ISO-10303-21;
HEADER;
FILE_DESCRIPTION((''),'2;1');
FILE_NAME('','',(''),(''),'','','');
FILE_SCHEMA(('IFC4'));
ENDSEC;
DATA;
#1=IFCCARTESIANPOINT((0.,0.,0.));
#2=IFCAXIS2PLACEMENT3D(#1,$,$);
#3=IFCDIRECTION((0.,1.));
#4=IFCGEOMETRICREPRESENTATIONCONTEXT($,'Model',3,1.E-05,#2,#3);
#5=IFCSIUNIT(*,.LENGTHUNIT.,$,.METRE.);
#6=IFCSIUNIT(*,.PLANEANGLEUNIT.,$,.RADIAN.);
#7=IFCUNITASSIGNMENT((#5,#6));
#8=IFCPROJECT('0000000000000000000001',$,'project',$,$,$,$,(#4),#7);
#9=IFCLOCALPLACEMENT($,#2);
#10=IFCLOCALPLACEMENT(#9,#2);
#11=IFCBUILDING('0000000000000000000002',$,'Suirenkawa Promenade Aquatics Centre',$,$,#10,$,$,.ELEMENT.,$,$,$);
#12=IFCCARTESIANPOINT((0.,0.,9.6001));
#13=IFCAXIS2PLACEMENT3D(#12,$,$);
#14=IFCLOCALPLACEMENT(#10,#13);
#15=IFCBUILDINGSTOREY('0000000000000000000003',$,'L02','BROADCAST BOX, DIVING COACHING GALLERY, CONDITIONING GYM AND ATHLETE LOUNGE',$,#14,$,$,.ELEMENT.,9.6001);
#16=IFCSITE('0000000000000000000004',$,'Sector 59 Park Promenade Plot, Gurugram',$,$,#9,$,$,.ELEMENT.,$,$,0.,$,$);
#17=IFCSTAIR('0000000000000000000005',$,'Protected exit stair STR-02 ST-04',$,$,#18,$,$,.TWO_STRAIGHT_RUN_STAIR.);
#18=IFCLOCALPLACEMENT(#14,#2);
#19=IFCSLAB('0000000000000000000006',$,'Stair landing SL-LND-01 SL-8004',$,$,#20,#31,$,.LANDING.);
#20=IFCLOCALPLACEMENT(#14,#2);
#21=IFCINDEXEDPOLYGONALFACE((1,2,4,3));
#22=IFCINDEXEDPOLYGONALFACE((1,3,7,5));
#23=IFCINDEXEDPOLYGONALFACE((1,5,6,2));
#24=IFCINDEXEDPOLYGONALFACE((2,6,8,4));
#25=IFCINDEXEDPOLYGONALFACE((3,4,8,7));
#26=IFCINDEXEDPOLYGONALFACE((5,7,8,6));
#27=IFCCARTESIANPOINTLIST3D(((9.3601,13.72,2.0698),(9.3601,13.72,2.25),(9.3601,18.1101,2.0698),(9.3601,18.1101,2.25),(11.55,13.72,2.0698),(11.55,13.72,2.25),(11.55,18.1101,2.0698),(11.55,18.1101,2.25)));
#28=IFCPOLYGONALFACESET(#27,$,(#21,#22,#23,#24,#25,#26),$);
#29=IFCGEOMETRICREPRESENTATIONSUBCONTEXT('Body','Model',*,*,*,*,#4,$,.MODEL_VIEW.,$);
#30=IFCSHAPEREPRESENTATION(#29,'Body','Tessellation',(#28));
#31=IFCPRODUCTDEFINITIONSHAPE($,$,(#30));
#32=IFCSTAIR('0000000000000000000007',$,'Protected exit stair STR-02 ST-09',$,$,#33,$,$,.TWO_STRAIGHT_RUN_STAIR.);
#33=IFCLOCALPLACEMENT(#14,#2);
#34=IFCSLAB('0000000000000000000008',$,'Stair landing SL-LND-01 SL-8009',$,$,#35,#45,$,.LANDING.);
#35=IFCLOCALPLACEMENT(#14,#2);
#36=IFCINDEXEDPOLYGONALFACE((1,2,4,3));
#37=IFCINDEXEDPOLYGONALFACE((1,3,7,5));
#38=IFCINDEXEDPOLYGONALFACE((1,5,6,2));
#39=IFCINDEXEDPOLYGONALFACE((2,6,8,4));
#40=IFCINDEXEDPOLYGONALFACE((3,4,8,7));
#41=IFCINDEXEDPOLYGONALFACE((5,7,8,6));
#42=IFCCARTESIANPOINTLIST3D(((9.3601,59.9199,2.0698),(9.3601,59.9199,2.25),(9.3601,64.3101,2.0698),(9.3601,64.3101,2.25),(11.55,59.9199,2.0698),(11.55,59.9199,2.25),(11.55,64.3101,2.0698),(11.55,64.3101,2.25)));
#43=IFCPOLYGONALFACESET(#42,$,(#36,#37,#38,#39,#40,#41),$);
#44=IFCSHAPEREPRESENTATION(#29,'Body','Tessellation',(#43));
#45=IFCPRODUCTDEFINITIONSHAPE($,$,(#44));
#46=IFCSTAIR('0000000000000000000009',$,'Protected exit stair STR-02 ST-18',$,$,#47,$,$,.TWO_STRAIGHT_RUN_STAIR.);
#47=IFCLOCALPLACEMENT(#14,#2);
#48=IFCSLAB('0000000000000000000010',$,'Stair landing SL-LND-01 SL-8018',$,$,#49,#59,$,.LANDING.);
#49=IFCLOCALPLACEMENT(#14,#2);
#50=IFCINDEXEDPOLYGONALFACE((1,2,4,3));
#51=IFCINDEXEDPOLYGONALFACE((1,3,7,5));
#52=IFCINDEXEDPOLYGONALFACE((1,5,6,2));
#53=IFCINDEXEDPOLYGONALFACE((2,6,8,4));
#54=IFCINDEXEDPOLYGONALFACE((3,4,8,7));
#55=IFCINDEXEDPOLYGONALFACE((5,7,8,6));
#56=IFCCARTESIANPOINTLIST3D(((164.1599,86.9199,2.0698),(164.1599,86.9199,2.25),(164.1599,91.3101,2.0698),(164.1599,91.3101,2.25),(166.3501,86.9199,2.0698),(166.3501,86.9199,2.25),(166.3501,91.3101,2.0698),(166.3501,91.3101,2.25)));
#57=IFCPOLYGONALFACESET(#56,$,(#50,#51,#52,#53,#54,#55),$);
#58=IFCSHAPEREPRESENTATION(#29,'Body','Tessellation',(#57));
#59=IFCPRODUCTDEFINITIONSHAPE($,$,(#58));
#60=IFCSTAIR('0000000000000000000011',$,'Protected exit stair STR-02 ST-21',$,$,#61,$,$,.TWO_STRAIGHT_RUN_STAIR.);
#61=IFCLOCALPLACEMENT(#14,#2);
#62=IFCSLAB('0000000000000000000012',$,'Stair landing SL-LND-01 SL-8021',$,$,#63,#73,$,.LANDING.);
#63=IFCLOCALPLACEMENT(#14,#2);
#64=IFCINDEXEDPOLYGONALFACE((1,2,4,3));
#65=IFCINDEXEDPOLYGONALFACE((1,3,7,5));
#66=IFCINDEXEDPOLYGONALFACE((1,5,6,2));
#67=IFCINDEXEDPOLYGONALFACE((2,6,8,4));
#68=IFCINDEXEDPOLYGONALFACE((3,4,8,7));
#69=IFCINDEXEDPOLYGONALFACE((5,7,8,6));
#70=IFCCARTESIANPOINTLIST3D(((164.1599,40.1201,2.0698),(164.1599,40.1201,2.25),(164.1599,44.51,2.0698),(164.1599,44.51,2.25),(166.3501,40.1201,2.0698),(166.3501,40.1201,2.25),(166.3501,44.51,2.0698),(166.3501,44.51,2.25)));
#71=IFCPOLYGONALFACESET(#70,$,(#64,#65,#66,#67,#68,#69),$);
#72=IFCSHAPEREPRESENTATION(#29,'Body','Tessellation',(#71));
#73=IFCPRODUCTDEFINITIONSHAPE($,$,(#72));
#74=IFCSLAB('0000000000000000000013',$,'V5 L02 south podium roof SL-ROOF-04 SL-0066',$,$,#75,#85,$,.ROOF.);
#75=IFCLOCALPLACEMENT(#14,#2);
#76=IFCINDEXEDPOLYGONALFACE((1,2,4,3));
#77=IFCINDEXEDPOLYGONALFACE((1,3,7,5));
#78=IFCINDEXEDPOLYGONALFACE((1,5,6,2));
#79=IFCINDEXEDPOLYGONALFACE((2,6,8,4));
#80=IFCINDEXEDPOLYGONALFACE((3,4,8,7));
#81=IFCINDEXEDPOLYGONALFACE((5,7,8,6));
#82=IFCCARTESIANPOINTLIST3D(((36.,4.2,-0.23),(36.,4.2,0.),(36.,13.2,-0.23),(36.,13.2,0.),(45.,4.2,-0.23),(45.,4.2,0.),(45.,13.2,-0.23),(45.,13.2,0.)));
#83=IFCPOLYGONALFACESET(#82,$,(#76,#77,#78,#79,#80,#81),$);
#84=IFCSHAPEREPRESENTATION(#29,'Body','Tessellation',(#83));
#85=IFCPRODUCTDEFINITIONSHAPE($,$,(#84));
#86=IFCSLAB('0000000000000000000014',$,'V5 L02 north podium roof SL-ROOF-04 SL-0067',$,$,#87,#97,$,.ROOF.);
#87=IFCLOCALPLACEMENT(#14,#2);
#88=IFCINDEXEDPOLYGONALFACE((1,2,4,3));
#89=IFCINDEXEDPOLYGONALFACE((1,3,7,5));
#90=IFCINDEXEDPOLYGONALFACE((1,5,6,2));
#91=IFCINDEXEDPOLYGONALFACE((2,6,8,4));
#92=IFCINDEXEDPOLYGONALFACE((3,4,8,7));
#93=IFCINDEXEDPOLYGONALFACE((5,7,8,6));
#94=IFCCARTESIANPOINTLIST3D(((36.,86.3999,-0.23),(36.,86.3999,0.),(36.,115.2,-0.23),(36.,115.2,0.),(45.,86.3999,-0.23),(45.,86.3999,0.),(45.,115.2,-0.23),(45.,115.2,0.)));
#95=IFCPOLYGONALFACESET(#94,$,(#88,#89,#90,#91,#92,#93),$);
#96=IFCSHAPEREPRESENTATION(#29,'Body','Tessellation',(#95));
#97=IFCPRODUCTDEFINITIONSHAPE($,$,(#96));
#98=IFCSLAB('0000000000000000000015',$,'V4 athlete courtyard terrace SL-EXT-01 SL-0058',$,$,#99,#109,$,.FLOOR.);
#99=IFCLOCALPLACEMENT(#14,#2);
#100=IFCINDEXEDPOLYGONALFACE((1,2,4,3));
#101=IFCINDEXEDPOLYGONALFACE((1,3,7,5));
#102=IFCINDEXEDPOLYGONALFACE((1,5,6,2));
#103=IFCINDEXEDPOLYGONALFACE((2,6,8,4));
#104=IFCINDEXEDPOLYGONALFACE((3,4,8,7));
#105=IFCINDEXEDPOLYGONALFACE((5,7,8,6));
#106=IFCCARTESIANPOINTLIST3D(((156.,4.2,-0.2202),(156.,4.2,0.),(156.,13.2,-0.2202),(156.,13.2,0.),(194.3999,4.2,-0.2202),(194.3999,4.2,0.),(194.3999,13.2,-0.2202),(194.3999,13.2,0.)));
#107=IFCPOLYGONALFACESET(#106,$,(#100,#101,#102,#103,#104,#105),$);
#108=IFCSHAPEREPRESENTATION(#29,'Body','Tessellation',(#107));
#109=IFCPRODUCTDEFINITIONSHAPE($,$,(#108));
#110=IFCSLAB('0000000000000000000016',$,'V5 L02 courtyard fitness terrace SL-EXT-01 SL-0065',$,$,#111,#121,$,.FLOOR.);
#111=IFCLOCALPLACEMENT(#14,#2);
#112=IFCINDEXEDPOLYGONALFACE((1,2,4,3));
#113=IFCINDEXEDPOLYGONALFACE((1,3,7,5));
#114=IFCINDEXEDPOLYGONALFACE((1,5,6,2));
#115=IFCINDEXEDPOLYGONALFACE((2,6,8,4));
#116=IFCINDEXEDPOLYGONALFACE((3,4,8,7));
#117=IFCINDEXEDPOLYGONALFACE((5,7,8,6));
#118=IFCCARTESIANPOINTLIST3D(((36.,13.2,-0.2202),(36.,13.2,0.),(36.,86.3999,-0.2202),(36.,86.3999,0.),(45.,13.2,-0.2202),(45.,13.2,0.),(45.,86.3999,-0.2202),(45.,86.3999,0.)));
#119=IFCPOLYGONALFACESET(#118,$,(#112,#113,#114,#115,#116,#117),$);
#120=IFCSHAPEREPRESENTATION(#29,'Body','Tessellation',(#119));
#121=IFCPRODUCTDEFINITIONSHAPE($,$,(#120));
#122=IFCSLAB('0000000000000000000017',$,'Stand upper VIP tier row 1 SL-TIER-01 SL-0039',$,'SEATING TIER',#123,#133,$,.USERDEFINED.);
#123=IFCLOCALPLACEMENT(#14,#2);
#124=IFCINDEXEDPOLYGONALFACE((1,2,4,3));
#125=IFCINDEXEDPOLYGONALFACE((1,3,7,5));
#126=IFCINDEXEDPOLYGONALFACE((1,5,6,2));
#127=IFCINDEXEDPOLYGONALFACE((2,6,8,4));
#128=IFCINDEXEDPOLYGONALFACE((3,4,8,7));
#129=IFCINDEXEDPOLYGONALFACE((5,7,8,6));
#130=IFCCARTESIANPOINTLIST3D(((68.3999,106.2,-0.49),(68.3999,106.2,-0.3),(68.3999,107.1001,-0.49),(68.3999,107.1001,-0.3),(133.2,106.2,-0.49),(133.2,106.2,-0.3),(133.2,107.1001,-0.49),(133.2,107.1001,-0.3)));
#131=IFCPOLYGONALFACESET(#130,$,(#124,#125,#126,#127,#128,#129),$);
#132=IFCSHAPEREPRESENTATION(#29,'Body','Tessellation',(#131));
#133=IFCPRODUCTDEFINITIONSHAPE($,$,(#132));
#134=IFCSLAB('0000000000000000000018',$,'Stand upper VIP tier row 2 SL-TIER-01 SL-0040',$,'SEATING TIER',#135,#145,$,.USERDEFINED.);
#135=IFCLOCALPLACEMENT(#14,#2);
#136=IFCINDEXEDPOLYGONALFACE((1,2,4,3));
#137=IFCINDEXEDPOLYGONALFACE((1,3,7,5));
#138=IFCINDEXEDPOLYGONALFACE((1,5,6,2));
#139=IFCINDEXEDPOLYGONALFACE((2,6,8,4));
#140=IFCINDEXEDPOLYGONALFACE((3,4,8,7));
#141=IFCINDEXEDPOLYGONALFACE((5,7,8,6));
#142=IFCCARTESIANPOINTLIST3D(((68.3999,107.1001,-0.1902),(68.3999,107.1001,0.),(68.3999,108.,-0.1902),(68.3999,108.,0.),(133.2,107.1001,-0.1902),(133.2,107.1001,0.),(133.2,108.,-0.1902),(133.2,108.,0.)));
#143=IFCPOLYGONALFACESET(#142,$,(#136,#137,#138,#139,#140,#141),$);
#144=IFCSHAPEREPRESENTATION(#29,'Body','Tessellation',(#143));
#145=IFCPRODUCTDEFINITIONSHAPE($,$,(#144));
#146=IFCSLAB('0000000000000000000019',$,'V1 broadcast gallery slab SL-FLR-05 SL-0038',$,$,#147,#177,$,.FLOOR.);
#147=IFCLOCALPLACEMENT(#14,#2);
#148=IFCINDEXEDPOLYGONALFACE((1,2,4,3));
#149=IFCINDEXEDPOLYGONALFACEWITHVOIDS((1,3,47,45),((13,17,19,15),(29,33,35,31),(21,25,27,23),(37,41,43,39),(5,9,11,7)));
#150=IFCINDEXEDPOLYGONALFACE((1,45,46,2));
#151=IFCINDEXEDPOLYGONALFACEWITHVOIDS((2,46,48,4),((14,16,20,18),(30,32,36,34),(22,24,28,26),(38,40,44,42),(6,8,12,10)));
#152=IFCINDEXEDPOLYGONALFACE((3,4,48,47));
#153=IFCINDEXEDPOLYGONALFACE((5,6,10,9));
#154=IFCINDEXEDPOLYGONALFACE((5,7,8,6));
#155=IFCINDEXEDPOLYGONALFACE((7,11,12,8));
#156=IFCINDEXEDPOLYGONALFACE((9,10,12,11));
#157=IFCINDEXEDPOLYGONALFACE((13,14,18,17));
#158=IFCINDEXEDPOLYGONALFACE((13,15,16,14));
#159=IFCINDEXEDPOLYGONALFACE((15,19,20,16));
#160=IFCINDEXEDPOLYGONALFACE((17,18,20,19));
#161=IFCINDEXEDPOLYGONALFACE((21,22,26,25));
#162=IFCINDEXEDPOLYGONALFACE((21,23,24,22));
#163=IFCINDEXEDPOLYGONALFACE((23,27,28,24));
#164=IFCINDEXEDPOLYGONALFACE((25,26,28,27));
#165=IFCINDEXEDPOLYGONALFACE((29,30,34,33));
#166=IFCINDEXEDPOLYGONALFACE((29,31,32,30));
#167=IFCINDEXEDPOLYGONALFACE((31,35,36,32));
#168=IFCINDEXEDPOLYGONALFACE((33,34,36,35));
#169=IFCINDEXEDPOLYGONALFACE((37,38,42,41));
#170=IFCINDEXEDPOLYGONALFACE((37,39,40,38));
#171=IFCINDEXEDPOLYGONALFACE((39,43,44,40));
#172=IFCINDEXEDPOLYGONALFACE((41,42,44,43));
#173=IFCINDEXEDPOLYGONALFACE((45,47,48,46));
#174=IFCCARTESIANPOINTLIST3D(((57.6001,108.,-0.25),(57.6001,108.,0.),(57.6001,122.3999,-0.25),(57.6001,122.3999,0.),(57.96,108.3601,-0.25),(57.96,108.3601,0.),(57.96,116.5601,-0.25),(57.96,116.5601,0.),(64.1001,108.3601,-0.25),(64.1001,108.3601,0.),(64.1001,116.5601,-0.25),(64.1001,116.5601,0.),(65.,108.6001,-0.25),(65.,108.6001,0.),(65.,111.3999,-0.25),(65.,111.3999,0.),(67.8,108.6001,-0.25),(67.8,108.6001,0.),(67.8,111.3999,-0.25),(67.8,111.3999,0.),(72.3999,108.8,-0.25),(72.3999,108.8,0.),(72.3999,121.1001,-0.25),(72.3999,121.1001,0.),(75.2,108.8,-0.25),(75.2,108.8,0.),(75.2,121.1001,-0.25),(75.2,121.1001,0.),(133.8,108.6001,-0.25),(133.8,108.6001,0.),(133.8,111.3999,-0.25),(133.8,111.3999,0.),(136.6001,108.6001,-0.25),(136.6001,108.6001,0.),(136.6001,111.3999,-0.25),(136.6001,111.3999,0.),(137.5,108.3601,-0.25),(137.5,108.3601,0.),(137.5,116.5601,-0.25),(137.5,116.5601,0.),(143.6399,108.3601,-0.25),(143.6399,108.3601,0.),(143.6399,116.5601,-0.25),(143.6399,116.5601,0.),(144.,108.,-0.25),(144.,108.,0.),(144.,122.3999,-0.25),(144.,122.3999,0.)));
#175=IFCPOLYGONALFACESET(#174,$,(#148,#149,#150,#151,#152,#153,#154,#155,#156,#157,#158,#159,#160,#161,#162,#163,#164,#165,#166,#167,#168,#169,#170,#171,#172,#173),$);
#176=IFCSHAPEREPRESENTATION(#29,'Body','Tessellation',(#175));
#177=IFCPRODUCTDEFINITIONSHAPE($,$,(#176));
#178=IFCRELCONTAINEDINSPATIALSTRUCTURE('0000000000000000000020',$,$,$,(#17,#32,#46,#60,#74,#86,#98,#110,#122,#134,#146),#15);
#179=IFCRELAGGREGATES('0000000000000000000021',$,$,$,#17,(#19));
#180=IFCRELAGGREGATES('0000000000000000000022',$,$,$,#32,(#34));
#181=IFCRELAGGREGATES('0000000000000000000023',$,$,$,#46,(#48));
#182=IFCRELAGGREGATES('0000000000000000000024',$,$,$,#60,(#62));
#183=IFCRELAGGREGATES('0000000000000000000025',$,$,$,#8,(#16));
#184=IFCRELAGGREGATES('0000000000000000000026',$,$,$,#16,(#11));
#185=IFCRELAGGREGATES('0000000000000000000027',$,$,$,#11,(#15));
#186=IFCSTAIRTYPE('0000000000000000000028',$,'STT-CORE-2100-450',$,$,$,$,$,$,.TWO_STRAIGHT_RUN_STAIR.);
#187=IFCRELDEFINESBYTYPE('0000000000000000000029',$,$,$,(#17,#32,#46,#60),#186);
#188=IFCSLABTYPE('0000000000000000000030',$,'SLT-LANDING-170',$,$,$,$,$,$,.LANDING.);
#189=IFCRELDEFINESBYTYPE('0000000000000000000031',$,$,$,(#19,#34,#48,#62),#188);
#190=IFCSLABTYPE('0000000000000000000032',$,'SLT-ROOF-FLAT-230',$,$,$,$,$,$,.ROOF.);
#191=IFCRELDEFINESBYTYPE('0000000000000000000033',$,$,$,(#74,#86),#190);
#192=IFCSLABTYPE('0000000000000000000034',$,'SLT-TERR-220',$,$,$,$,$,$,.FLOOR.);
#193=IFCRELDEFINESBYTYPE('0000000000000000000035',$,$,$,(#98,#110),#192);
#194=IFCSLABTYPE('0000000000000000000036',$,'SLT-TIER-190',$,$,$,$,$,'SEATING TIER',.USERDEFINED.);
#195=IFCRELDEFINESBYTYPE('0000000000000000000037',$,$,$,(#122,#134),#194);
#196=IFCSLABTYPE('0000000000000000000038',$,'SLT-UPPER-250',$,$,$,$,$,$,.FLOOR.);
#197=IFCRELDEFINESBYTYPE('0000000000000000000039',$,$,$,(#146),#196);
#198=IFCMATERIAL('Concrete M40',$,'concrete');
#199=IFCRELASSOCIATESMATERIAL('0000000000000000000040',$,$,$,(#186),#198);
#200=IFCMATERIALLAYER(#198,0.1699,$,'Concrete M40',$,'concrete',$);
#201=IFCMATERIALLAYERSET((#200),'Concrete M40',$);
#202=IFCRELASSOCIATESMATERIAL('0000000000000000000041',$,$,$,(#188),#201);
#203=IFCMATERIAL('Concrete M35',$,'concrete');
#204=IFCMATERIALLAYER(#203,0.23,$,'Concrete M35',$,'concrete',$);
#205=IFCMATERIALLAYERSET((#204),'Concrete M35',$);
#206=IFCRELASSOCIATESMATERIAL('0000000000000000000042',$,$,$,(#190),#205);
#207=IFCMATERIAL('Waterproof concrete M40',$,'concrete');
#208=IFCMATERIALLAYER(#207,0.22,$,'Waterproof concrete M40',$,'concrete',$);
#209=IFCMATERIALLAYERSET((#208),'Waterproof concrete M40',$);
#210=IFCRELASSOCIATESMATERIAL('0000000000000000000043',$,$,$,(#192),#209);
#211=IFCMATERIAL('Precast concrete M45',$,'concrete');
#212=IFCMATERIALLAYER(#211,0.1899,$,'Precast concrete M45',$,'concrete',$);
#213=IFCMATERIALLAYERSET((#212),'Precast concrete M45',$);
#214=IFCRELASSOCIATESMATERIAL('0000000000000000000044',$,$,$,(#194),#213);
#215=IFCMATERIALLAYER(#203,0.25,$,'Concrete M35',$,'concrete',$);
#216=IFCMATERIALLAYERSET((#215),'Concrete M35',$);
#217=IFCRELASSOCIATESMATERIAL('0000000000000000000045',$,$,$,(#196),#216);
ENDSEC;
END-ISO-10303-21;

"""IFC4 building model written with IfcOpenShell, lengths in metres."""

from ifc_helpers import new_model, si_unit, direction, frame, origin, place, context, subcontext, project, spatial, polyline, outline, extrude, material, layer, layer_set, type_object, element, aggregate, save


model = new_model("IFC4")

# Units and contexts
model_context = context("Model", 3, precision=1e-05, world=origin(), true_north=direction((0.0, 1.0)))
body_context = subcontext(model_context, "Body", "Model", "MODEL_VIEW")
ifc_project = project(units=[si_unit("LENGTHUNIT", "METRE"), si_unit("PLANEANGLEUNIT", "RADIAN")], contexts=[model_context])

# Site, building, storey
site_placement = place(None, origin())
site = spatial("IfcSite", under=ifc_project, at=site_placement, Name="Sector 59 Park Promenade Plot, Gurugram", CompositionType="ELEMENT", RefElevation=0.0)
building_placement = place(site_placement, origin())
building = spatial("IfcBuilding", under=site, at=building_placement, Name="Suirenkawa Promenade Aquatics Centre", CompositionType="ELEMENT")
storey_placement = place(building_placement, frame((0.0, 0.0, 9.6001)))
storey = spatial("IfcBuildingStorey", under=building, at=storey_placement, Name="L02", Description="BROADCAST BOX, DIVING COACHING GALLERY, CONDITIONING GYM AND ATHLETE LOUNGE", CompositionType="ELEMENT", Elevation=9.6001)

# Shared definitions
ifc_material_1 = material(Name="Concrete M40", Category="concrete")

# Shared definitions
ifc_material_2 = material(Name="Concrete M35", Category="concrete")

# Stairs, slabs
stair_type = type_object("IfcStairType", Name="STT-CORE-2100-450", PredefinedType="TWO_STRAIGHT_RUN_STAIR", material=ifc_material_1)
stair_1_placement = place(storey_placement, origin())
stair_1 = element("IfcStair", 1, at=stair_1_placement, inside=storey, type_object=stair_type, Name="Protected exit stair STR-02 ST-04", PredefinedType="TWO_STRAIGHT_RUN_STAIR")
ifc_layer_1 = layer(ifc_material_1, 0.1699, Name="Concrete M40", Category="concrete")
ifc_layer_set_1 = layer_set([ifc_layer_1], Name="Concrete M40")
slab_type_1 = type_object("IfcSlabType", Name="SLT-LANDING-170", PredefinedType="LANDING", material=ifc_layer_set_1)
slab_1_placement = place(storey_placement, frame((0.0, 0.0, 2.0698)))
slab_1 = element("IfcSlab", 2, at=slab_1_placement, type_object=slab_type_1, Name="Stair landing SL-LND-01 SL-8004", PredefinedType="LANDING", context=body_context, shape_type="SweptSolid", body=[
    extrude(outline(polyline([(9.3601, 13.72), (11.55, 13.72), (11.55, 18.1101), (9.3601, 18.1101), (9.3601, 13.72)])), origin(), (0.0, 0.0, 1.0), 0.1802),
])
aggregate(stair_1, [slab_1])
stair_2_placement = place(storey_placement, origin())
stair_2 = element("IfcStair", 3, at=stair_2_placement, inside=storey, type_object=stair_type, Name="Protected exit stair STR-02 ST-09", PredefinedType="TWO_STRAIGHT_RUN_STAIR")
slab_2_placement = place(storey_placement, frame((0.0, 0.0, 2.0698)))
slab_2 = element("IfcSlab", 4, at=slab_2_placement, type_object=slab_type_1, Name="Stair landing SL-LND-01 SL-8009", PredefinedType="LANDING", context=body_context, shape_type="SweptSolid", body=[
    extrude(outline(polyline([(9.3601, 59.9199), (11.55, 59.9199), (11.55, 64.3101), (9.3601, 64.3101), (9.3601, 59.9199)])), origin(), (0.0, 0.0, 1.0), 0.1802),
])
aggregate(stair_2, [slab_2])
stair_3_placement = place(storey_placement, origin())
stair_3 = element("IfcStair", 5, at=stair_3_placement, inside=storey, type_object=stair_type, Name="Protected exit stair STR-02 ST-18", PredefinedType="TWO_STRAIGHT_RUN_STAIR")
slab_3_placement = place(storey_placement, frame((0.0, 0.0, 2.0698)))
slab_3 = element("IfcSlab", 6, at=slab_3_placement, type_object=slab_type_1, Name="Stair landing SL-LND-01 SL-8018", PredefinedType="LANDING", context=body_context, shape_type="SweptSolid", body=[
    extrude(outline(polyline([(164.1599, 86.9199), (166.3501, 86.9199), (166.3501, 91.3101), (164.1599, 91.3101), (164.1599, 86.9199)])), origin(), (0.0, 0.0, 1.0), 0.1802),
])
aggregate(stair_3, [slab_3])
stair_4_placement = place(storey_placement, origin())
stair_4 = element("IfcStair", 7, at=stair_4_placement, inside=storey, type_object=stair_type, Name="Protected exit stair STR-02 ST-21", PredefinedType="TWO_STRAIGHT_RUN_STAIR")
slab_4_placement = place(storey_placement, frame((0.0, 0.0, 2.0698)))
slab_4 = element("IfcSlab", 8, at=slab_4_placement, type_object=slab_type_1, Name="Stair landing SL-LND-01 SL-8021", PredefinedType="LANDING", context=body_context, shape_type="SweptSolid", body=[
    extrude(outline(polyline([(164.1599, 40.1201), (166.3501, 40.1201), (166.3501, 44.51), (164.1599, 44.51), (164.1599, 40.1201)])), origin(), (0.0, 0.0, 1.0), 0.1802),
])
aggregate(stair_4, [slab_4])

# Slabs
ifc_layer_2 = layer(ifc_material_2, 0.23, Name="Concrete M35", Category="concrete")
ifc_layer_set_2 = layer_set([ifc_layer_2], Name="Concrete M35")
slab_type_2 = type_object("IfcSlabType", Name="SLT-ROOF-FLAT-230", PredefinedType="ROOF", material=ifc_layer_set_2)
slab_5_placement = place(storey_placement, frame((0.0, 0.0, -0.23)))
element("IfcSlab", 9, at=slab_5_placement, inside=storey, type_object=slab_type_2, Name="V5 L02 south podium roof SL-ROOF-04 SL-0066", PredefinedType="ROOF", context=body_context, shape_type="SweptSolid", body=[
    extrude(outline(polyline([(36.0, 4.2), (45.0, 4.2), (45.0, 13.2), (36.0, 13.2), (36.0, 4.2)])), origin(), (0.0, 0.0, 1.0), 0.23),
])
slab_6_placement = place(storey_placement, frame((0.0, 0.0, -0.23)))
element("IfcSlab", 10, at=slab_6_placement, inside=storey, type_object=slab_type_2, Name="V5 L02 north podium roof SL-ROOF-04 SL-0067", PredefinedType="ROOF", context=body_context, shape_type="SweptSolid", body=[
    extrude(outline(polyline([(36.0, 86.3999), (45.0, 86.3999), (45.0, 115.2), (36.0, 115.2), (36.0, 86.3999)])), origin(), (0.0, 0.0, 1.0), 0.23),
])
ifc_material_3 = material(Name="Waterproof concrete M40", Category="concrete")
ifc_layer_3 = layer(ifc_material_3, 0.22, Name="Waterproof concrete M40", Category="concrete")
ifc_layer_set_3 = layer_set([ifc_layer_3], Name="Waterproof concrete M40")
slab_type_3 = type_object("IfcSlabType", Name="SLT-TERR-220", PredefinedType="FLOOR", material=ifc_layer_set_3)
slab_7_placement = place(storey_placement, frame((0.0, 0.0, -0.2202)))
element("IfcSlab", 11, at=slab_7_placement, inside=storey, type_object=slab_type_3, Name="V4 athlete courtyard terrace SL-EXT-01 SL-0058", PredefinedType="FLOOR", context=body_context, shape_type="SweptSolid", body=[
    extrude(outline(polyline([(156.0, 4.2), (194.3999, 4.2), (194.3999, 13.2), (156.0, 13.2), (156.0, 4.2)])), origin(), (0.0, 0.0, 1.0), 0.2202),
])
slab_8_placement = place(storey_placement, frame((0.0, 0.0, -0.2202)))
element("IfcSlab", 12, at=slab_8_placement, inside=storey, type_object=slab_type_3, Name="V5 L02 courtyard fitness terrace SL-EXT-01 SL-0065", PredefinedType="FLOOR", context=body_context, shape_type="SweptSolid", body=[
    extrude(outline(polyline([(36.0, 13.2), (45.0, 13.2), (45.0, 86.3999), (36.0, 86.3999), (36.0, 13.2)])), origin(), (0.0, 0.0, 1.0), 0.2202),
])
ifc_material_4 = material(Name="Precast concrete M45", Category="concrete")
ifc_layer_4 = layer(ifc_material_4, 0.1899, Name="Precast concrete M45", Category="concrete")
ifc_layer_set_4 = layer_set([ifc_layer_4], Name="Precast concrete M45")
slab_type_4 = type_object("IfcSlabType", Name="SLT-TIER-190", ElementType="SEATING TIER", PredefinedType="USERDEFINED", material=ifc_layer_set_4)
slab_9_placement = place(storey_placement, frame((0.0, 0.0, -0.49)))
element("IfcSlab", 13, at=slab_9_placement, inside=storey, type_object=slab_type_4, Name="Stand upper VIP tier row 1 SL-TIER-01 SL-0039", ObjectType="SEATING TIER", PredefinedType="USERDEFINED", context=body_context, shape_type="SweptSolid", body=[
    extrude(outline(polyline([(68.3999, 106.2), (133.2, 106.2), (133.2, 107.1001), (68.3999, 107.1001), (68.3999, 106.2)])), origin(), (0.0, 0.0, 1.0), 0.1899),
])
slab_10_placement = place(storey_placement, frame((0.0, 0.0, -0.1902)))
element("IfcSlab", 14, at=slab_10_placement, inside=storey, type_object=slab_type_4, Name="Stand upper VIP tier row 2 SL-TIER-01 SL-0040", ObjectType="SEATING TIER", PredefinedType="USERDEFINED", context=body_context, shape_type="SweptSolid", body=[
    extrude(outline(polyline([(68.3999, 107.1001), (133.2, 107.1001), (133.2, 108.0), (68.3999, 108.0), (68.3999, 107.1001)])), origin(), (0.0, 0.0, 1.0), 0.1902),
])
ifc_layer_5 = layer(ifc_material_2, 0.25, Name="Concrete M35", Category="concrete")
ifc_layer_set_5 = layer_set([ifc_layer_5], Name="Concrete M35")
slab_type_5 = type_object("IfcSlabType", Name="SLT-UPPER-250", PredefinedType="FLOOR", material=ifc_layer_set_5)
slab_11_placement = place(storey_placement, frame((0.0, 0.0, -0.25)))
element("IfcSlab", 15, at=slab_11_placement, inside=storey, type_object=slab_type_5, Name="V1 broadcast gallery slab SL-FLR-05 SL-0038", PredefinedType="FLOOR", context=body_context, shape_type="SweptSolid", body=[
    extrude(outline(polyline([(57.6001, 108.0), (144.0, 108.0), (144.0, 122.3999), (57.6001, 122.3999), (57.6001, 108.0)]), holes=[polyline([(57.96, 108.3601), (64.1001, 108.3601), (64.1001, 116.5601), (57.96, 116.5601), (57.96, 108.3601)]), polyline([(65.0, 108.6001), (67.8, 108.6001), (67.8, 111.3999), (65.0, 111.3999), (65.0, 108.6001)]), polyline([(137.5, 108.3601), (143.6399, 108.3601), (143.6399, 116.5601), (137.5, 116.5601), (137.5, 108.3601)]), polyline([(133.8, 108.6001), (136.6001, 108.6001), (136.6001, 111.3999), (133.8, 111.3999), (133.8, 108.6001)]), polyline([(72.3999, 108.8), (75.2, 108.8), (75.2, 121.1001), (72.3999, 121.1001), (72.3999, 108.8)])]), origin(), (0.0, 0.0, 1.0), 0.25),
])

save(model, "model.ifc")
